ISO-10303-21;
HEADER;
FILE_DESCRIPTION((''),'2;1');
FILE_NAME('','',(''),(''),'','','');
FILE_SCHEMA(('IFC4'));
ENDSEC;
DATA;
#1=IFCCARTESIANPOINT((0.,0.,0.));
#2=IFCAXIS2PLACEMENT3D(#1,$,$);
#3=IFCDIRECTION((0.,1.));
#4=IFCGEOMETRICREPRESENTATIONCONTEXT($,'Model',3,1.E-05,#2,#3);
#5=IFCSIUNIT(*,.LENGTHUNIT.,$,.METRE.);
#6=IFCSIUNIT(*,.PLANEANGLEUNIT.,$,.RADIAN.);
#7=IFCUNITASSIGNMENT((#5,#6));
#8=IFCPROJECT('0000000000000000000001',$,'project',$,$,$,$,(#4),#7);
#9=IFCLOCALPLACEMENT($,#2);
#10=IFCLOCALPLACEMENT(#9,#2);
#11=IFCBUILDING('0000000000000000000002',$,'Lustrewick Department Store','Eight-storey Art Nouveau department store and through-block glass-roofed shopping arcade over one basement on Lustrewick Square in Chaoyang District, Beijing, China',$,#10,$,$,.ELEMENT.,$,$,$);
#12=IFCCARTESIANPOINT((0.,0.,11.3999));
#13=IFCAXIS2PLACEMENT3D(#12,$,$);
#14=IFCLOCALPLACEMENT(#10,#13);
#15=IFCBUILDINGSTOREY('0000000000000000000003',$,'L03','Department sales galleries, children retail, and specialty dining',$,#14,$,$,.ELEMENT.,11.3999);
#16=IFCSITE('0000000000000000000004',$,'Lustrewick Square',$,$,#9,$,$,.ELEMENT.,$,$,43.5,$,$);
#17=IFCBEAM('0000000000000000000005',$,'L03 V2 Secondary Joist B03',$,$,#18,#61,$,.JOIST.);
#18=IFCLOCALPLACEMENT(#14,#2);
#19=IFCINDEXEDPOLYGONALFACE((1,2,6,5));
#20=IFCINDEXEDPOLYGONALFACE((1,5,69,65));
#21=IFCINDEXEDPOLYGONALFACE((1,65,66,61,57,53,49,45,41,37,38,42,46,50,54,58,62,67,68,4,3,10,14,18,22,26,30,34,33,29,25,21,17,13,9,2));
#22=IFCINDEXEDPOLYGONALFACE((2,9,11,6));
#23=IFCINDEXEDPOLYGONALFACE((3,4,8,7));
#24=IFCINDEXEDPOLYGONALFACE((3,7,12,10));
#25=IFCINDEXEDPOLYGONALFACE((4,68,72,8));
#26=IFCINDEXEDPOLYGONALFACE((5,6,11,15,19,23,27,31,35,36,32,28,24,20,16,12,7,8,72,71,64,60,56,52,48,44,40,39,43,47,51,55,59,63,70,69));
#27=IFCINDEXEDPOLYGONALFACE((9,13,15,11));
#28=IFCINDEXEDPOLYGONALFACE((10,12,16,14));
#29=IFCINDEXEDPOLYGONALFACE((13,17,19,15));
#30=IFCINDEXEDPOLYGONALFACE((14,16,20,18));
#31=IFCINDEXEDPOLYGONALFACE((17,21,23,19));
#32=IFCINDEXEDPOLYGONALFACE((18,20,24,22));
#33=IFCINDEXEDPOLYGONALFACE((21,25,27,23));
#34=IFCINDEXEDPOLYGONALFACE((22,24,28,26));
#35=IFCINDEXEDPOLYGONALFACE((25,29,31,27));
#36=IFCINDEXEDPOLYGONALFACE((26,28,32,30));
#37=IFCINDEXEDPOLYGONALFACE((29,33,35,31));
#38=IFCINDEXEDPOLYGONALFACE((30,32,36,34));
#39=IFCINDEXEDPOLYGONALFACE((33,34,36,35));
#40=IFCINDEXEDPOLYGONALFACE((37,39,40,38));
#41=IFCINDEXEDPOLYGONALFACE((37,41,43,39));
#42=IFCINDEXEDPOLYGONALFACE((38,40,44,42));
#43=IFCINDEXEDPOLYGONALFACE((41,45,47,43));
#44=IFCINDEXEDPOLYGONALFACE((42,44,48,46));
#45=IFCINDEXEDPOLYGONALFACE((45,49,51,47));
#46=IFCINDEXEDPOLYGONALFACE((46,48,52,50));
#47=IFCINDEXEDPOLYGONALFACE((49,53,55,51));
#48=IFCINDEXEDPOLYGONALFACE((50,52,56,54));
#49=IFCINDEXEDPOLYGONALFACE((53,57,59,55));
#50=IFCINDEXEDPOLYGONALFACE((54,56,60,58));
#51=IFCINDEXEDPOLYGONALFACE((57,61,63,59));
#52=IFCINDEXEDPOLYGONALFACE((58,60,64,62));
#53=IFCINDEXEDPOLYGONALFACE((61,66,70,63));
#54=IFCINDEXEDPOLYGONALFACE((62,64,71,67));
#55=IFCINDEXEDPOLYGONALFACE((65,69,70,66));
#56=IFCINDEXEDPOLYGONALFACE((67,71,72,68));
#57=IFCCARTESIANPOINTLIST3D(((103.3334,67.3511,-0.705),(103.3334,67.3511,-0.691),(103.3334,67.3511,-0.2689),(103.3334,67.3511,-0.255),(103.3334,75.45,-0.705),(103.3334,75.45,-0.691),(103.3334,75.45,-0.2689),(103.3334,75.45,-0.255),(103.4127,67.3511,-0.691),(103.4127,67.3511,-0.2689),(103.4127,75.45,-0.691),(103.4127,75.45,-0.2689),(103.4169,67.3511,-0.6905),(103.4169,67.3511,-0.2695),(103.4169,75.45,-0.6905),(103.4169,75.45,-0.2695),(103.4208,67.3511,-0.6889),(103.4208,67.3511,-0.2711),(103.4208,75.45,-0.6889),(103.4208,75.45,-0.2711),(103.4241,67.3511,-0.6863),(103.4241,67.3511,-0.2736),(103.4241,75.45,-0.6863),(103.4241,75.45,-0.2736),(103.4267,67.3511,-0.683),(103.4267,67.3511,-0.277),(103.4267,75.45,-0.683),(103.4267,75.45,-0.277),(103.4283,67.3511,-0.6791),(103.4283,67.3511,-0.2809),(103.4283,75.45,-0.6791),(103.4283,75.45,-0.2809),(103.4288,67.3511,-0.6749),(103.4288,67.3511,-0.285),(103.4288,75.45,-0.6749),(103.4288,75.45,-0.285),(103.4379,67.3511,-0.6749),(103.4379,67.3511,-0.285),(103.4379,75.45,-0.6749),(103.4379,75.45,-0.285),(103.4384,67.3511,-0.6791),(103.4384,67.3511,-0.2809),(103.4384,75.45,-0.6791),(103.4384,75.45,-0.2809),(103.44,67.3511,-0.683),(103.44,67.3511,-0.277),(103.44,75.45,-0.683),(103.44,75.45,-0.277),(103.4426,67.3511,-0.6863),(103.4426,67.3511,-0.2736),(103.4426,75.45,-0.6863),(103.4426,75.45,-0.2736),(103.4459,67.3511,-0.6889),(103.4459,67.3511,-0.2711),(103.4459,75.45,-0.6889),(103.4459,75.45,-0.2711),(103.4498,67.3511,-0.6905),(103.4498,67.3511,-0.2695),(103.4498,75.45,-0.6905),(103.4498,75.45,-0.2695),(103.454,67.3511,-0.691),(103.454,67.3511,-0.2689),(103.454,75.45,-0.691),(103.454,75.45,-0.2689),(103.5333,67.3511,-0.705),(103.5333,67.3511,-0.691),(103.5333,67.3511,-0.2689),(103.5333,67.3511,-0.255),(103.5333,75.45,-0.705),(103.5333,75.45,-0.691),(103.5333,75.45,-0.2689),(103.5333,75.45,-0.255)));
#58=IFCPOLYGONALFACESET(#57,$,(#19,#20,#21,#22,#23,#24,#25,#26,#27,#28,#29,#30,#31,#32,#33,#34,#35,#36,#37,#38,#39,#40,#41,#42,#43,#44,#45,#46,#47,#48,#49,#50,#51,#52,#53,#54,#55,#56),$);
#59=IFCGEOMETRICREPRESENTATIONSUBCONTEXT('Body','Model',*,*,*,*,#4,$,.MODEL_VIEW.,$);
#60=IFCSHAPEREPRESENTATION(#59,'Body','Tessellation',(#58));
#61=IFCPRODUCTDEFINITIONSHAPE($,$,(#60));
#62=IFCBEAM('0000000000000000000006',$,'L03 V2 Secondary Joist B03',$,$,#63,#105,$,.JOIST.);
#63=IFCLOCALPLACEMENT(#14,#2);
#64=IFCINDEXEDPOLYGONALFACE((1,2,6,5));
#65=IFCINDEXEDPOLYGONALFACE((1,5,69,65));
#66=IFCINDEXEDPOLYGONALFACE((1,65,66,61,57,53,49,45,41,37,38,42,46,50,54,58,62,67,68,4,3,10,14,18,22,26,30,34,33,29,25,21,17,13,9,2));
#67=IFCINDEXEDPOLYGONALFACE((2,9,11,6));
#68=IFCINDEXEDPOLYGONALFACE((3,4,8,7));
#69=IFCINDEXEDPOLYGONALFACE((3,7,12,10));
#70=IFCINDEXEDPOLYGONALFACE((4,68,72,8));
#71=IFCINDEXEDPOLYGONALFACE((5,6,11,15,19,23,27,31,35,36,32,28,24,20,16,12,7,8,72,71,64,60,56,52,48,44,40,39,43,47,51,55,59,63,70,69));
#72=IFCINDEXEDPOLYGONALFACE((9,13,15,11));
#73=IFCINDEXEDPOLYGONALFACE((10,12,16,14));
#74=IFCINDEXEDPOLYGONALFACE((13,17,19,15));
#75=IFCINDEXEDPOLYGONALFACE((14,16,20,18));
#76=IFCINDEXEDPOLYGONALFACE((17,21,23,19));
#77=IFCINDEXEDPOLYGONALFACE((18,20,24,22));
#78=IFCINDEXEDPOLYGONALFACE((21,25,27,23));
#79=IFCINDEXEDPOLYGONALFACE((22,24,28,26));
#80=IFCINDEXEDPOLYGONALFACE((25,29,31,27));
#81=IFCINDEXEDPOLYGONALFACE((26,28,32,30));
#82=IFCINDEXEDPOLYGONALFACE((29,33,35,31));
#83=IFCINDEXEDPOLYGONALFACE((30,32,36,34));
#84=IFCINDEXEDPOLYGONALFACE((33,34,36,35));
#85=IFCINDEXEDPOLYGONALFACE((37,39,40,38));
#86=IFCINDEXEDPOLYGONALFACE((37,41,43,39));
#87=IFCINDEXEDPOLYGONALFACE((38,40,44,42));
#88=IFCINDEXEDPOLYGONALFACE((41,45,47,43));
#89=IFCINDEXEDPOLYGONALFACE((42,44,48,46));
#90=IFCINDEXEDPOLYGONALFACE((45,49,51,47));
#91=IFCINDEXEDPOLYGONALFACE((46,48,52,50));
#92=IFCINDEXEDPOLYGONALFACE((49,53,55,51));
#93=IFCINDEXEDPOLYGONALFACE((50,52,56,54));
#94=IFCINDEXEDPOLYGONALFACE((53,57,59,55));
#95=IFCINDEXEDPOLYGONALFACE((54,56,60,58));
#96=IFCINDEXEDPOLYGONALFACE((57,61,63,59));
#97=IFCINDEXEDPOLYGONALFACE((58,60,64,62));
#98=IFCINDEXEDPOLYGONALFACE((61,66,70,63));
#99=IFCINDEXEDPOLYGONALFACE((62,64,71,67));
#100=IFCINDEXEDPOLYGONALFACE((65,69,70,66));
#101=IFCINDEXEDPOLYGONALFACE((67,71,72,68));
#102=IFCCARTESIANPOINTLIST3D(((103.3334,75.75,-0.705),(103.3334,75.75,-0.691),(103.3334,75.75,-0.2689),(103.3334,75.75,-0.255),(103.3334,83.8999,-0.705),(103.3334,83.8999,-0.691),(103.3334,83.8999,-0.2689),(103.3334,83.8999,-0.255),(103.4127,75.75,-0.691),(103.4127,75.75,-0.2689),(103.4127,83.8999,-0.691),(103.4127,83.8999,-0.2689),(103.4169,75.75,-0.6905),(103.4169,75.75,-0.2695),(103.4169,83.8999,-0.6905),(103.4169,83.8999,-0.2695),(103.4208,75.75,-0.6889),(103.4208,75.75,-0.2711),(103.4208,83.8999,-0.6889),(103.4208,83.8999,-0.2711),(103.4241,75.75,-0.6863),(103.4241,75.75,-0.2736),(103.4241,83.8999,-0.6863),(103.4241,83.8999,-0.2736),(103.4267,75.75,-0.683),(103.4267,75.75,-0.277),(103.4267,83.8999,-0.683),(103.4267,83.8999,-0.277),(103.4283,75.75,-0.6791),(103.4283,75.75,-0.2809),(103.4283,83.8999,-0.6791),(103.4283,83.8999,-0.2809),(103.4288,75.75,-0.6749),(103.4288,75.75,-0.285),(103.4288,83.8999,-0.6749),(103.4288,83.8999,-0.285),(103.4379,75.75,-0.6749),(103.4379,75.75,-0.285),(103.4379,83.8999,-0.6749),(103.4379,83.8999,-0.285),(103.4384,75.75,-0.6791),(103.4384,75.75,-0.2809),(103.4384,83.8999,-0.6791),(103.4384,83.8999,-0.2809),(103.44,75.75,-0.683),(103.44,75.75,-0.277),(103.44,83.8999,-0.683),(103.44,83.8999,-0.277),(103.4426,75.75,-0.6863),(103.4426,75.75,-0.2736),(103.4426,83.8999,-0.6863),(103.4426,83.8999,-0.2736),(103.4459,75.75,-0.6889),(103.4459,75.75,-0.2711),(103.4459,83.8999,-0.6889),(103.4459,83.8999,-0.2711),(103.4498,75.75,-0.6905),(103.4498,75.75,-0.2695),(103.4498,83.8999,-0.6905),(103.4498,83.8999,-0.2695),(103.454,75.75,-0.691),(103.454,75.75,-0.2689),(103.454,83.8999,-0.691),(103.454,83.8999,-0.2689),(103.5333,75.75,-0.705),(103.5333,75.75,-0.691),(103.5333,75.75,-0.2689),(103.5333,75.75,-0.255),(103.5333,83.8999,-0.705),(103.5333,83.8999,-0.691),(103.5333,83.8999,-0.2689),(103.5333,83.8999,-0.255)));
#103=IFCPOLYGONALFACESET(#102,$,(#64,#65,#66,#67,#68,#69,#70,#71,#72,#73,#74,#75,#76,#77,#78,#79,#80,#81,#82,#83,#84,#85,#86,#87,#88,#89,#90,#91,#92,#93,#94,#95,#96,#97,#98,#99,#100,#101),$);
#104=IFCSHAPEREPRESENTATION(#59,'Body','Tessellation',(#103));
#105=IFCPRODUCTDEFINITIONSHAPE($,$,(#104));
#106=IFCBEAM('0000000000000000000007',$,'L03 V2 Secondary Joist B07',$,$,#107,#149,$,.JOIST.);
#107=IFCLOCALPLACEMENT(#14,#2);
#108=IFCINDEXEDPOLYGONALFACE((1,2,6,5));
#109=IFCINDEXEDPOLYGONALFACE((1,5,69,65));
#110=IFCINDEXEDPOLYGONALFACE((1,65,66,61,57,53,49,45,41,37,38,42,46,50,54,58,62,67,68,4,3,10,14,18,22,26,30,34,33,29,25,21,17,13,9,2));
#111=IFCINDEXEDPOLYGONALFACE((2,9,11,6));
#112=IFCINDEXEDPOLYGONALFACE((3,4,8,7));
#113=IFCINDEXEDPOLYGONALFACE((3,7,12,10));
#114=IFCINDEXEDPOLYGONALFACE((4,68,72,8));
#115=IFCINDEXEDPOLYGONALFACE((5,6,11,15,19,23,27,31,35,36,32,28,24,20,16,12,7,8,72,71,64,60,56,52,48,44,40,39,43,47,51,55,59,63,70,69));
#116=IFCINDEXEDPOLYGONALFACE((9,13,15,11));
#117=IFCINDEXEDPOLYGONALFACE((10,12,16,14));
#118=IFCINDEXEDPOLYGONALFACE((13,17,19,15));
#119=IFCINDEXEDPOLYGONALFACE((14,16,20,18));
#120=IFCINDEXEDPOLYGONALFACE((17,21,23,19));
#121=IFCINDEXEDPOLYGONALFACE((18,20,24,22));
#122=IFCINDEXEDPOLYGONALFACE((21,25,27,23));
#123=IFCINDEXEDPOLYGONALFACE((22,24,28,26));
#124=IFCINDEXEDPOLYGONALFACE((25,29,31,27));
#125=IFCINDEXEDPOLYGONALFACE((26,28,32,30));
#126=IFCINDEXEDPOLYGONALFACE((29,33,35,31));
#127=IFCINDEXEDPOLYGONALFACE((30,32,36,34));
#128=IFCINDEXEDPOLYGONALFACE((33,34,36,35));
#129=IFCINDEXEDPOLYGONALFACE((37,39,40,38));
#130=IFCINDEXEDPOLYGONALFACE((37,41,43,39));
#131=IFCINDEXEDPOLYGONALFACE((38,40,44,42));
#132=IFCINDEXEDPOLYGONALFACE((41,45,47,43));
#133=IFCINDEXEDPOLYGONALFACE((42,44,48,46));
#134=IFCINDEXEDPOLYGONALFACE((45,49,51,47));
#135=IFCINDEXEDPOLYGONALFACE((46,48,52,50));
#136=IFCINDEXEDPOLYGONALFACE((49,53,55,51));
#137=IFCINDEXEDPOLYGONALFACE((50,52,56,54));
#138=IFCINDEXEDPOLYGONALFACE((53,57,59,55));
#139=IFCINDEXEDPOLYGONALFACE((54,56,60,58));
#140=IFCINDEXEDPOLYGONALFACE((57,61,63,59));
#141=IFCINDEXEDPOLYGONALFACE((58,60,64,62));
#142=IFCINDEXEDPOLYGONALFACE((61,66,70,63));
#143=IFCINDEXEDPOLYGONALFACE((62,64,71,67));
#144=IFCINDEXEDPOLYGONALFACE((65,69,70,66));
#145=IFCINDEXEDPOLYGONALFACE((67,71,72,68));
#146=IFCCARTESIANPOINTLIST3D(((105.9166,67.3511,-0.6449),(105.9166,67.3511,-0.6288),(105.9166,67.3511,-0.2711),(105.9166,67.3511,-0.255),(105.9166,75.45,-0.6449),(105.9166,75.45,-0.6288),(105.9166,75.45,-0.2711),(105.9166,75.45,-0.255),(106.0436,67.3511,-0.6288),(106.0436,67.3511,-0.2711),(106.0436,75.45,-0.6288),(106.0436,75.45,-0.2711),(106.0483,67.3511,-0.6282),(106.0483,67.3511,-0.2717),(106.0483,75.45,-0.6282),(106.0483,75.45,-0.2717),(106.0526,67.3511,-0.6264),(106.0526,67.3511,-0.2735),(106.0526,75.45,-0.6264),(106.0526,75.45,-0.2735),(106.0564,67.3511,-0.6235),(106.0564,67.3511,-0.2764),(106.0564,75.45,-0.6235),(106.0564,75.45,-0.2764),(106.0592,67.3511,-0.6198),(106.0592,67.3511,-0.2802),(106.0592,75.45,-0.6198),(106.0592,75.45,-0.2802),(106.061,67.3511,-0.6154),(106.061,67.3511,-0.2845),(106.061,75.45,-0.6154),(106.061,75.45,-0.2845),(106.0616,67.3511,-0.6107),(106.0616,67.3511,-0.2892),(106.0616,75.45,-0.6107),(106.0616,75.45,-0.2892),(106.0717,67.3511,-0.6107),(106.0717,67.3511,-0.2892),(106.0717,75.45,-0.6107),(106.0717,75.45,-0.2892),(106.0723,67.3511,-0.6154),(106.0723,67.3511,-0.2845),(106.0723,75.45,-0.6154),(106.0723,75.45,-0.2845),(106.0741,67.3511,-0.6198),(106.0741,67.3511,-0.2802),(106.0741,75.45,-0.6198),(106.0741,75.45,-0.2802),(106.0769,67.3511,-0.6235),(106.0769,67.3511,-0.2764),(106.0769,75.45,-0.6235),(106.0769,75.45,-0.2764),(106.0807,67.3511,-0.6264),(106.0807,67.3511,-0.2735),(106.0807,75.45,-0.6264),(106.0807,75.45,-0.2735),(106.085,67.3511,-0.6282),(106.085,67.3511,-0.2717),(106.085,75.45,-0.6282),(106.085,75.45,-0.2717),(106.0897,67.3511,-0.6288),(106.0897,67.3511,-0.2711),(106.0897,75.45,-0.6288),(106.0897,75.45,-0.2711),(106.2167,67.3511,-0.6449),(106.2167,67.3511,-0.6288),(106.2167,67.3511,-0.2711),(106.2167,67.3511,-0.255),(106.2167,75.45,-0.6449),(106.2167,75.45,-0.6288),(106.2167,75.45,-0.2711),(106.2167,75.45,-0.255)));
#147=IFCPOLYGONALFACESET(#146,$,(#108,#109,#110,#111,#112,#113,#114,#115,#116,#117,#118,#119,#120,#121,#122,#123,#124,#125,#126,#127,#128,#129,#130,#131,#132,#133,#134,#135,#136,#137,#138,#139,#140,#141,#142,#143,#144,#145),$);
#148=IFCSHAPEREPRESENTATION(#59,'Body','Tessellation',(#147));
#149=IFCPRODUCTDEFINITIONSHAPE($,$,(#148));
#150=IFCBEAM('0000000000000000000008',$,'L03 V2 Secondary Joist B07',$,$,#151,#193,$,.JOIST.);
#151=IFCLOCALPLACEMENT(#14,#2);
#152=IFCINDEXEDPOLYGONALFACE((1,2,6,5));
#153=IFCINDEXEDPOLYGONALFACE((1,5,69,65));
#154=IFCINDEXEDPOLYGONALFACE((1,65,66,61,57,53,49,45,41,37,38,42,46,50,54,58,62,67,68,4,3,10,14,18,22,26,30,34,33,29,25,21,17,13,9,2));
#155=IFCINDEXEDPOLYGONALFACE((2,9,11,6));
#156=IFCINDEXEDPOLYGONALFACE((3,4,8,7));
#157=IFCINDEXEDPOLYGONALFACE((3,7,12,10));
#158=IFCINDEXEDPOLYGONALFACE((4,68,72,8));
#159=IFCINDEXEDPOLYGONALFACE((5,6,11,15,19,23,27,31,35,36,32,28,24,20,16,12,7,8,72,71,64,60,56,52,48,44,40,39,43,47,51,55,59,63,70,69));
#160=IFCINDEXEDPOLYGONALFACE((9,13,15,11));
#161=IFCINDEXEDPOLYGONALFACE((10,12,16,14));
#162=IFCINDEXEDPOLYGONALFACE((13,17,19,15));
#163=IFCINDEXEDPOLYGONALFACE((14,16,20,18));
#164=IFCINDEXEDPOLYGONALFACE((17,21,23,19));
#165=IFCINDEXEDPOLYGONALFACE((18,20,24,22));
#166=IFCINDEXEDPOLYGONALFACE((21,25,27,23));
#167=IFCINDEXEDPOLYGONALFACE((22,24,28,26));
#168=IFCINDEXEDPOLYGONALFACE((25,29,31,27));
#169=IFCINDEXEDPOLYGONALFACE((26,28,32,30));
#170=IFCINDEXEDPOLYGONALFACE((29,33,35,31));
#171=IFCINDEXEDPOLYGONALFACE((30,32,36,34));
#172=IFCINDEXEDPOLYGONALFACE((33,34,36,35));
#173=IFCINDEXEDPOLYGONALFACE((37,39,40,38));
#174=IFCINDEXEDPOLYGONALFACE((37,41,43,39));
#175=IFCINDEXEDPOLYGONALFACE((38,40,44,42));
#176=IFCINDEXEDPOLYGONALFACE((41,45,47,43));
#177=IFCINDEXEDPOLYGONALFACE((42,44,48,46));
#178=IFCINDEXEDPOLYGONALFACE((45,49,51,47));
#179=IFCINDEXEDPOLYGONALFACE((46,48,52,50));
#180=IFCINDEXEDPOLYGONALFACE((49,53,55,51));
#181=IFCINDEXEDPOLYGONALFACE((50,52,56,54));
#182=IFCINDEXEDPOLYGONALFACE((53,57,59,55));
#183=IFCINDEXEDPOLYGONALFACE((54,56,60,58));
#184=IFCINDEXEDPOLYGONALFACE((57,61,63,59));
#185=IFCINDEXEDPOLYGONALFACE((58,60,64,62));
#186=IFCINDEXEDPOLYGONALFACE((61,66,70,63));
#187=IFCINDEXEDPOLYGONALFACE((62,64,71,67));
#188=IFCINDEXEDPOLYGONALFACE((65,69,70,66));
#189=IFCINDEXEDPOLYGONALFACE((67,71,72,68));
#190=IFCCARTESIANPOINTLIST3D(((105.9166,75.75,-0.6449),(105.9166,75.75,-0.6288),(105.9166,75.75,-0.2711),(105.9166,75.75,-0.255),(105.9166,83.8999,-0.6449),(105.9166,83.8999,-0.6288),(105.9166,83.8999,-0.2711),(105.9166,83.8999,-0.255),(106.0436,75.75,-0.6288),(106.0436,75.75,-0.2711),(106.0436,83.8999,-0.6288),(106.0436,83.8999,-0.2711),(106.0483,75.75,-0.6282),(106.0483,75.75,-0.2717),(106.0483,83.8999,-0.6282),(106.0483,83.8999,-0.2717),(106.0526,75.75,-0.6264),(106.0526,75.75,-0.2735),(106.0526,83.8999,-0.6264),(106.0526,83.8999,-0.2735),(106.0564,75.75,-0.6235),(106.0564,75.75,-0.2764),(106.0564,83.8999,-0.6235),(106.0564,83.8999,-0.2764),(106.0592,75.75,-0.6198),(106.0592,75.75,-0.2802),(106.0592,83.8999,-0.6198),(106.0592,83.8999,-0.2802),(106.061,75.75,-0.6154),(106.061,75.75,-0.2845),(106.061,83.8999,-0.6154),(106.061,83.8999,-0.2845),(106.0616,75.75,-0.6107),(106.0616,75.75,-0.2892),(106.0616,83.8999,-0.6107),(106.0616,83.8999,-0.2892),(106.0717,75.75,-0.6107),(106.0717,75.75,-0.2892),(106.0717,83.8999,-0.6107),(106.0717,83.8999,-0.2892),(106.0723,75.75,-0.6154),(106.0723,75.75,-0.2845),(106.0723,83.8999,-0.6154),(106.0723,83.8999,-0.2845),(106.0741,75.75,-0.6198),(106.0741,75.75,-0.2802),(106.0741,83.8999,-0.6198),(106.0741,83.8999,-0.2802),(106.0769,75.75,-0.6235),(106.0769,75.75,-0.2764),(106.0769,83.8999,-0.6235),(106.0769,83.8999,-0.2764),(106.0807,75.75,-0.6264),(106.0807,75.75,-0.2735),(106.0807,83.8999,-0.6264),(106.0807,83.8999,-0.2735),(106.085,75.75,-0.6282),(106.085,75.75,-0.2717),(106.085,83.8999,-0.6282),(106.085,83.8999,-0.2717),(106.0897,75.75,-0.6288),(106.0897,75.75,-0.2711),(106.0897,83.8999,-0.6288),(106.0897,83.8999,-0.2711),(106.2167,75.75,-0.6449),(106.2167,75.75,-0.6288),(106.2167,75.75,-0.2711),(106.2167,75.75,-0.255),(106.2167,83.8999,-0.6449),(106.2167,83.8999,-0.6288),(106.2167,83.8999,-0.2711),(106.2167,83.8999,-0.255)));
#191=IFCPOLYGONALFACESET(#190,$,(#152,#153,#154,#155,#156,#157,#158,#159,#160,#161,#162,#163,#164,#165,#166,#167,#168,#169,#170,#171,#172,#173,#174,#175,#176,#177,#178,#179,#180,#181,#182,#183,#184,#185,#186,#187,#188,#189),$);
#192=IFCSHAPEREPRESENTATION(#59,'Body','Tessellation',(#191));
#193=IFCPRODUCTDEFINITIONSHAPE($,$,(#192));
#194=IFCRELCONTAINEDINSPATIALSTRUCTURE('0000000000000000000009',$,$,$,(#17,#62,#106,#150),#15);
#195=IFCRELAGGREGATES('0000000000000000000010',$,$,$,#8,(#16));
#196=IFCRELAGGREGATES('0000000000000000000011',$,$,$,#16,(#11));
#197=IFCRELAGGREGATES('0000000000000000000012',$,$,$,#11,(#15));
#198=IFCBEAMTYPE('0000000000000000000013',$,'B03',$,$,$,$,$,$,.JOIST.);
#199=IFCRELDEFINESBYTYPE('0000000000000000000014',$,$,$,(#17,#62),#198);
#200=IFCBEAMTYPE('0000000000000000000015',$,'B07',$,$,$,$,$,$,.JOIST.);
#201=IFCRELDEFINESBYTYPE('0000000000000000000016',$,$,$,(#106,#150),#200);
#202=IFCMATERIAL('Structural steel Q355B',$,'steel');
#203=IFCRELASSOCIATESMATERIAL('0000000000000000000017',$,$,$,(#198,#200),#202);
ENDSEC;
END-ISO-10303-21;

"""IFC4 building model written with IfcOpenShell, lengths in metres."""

from ifc_helpers import new_model, si_unit, direction, frame, origin, origin_2d, place, context, subcontext, project, spatial, i_section, extrude, material, material_profile, profile_set, type_object, element, save


model = new_model("IFC4")

# Units and contexts
model_context = context("Model", 3, precision=1e-05, world=origin(), true_north=direction((0.0, 1.0)))
body_context = subcontext(model_context, "Body", "Model", "MODEL_VIEW")
ifc_project = project(units=[si_unit("LENGTHUNIT", "METRE"), si_unit("PLANEANGLEUNIT", "RADIAN")], contexts=[model_context])

# Site, building, storey
site_placement = place(None, origin())
site = spatial("IfcSite", under=ifc_project, at=site_placement, Name="Lustrewick Square", CompositionType="ELEMENT", RefElevation=43.5)
building_placement = place(site_placement, origin())
building = spatial("IfcBuilding", under=site, at=building_placement, Name="Lustrewick Department Store", Description="Eight-storey Art Nouveau department store and through-block glass-roofed shopping arcade over one basement on Lustrewick Square in Chaoyang District, Beijing, China", CompositionType="ELEMENT")
storey_placement = place(building_placement, frame((0.0, 0.0, 11.3999)))
storey = spatial("IfcBuildingStorey", under=building, at=storey_placement, Name="L03", Description="Department sales galleries, children retail, and specialty dining", CompositionType="ELEMENT", Elevation=11.3999)

# Shared definitions
ifc_material_1 = material(Name="Structural steel Q355B", Category="steel")

# Beams
ifc_material_profile_1 = material_profile(ifc_material_1, i_section(OverallWidth=0.2, OverallDepth=0.45, WebThickness=0.009, FlangeThickness=0.0139, FilletRadius=0.0161, at=origin_2d()), Name="HN 450x200x9x14")
ifc_profile_set_1 = profile_set([ifc_material_profile_1], Name="Structural steel Q355B")
beam_type_1 = type_object("IfcBeamType", Name="B03", PredefinedType="JOIST", material=ifc_profile_set_1)
beam_1_placement = place(storey_placement, frame((103.4333, 67.3511, -0.48), z_axis=(0.0, 1.0, 0.0), x_axis=(-1.0, 0.0, 0.0)))
element("IfcBeam", 1, at=beam_1_placement, inside=storey, type_object=beam_type_1, Name="L03 V2 Secondary Joist B03", PredefinedType="JOIST", context=body_context, shape_type="SweptSolid", body=[
    extrude(i_section(OverallWidth=0.2, OverallDepth=0.45, WebThickness=0.009, FlangeThickness=0.0139, FilletRadius=0.0161, at=origin_2d()), origin(), (0.0, 0.0, 1.0), 8.0989),
])
beam_2_placement = place(storey_placement, frame((103.4333, 75.75, -0.48), z_axis=(0.0, 1.0, 0.0), x_axis=(-1.0, 0.0, 0.0)))
element("IfcBeam", 2, at=beam_2_placement, inside=storey, type_object=beam_type_1, Name="L03 V2 Secondary Joist B03", PredefinedType="JOIST", context=body_context, shape_type="SweptSolid", body=[
    extrude(i_section(OverallWidth=0.2, OverallDepth=0.45, WebThickness=0.009, FlangeThickness=0.0139, FilletRadius=0.0161, at=origin_2d()), origin(), (0.0, 0.0, 1.0), 8.1499),
])
ifc_material_profile_2 = material_profile(ifc_material_1, i_section(OverallWidth=0.3, OverallDepth=0.3899, WebThickness=0.01, FlangeThickness=0.0161, FilletRadius=0.0181, at=origin_2d()), Name="HM 390x300x10x16")
ifc_profile_set_2 = profile_set([ifc_material_profile_2], Name="Structural steel Q355B")
beam_type_2 = type_object("IfcBeamType", Name="B07", PredefinedType="JOIST", material=ifc_profile_set_2)
beam_3_placement = place(storey_placement, frame((106.0667, 67.3511, -0.45), z_axis=(0.0, 1.0, 0.0), x_axis=(-1.0, 0.0, 0.0)))
element("IfcBeam", 3, at=beam_3_placement, inside=storey, type_object=beam_type_2, Name="L03 V2 Secondary Joist B07", PredefinedType="JOIST", context=body_context, shape_type="SweptSolid", body=[
    extrude(i_section(OverallWidth=0.3, OverallDepth=0.3899, WebThickness=0.01, FlangeThickness=0.0161, FilletRadius=0.0181, at=origin_2d()), origin(), (0.0, 0.0, 1.0), 8.0989),
])
beam_4_placement = place(storey_placement, frame((106.0667, 75.75, -0.45), z_axis=(0.0, 1.0, 0.0), x_axis=(-1.0, 0.0, 0.0)))
element("IfcBeam", 4, at=beam_4_placement, inside=storey, type_object=beam_type_2, Name="L03 V2 Secondary Joist B07", PredefinedType="JOIST", context=body_context, shape_type="SweptSolid", body=[
    extrude(i_section(OverallWidth=0.3, OverallDepth=0.3899, WebThickness=0.01, FlangeThickness=0.0161, FilletRadius=0.0181, at=origin_2d()), origin(), (0.0, 0.0, 1.0), 8.1499),
])

save(model, "model.ifc")
